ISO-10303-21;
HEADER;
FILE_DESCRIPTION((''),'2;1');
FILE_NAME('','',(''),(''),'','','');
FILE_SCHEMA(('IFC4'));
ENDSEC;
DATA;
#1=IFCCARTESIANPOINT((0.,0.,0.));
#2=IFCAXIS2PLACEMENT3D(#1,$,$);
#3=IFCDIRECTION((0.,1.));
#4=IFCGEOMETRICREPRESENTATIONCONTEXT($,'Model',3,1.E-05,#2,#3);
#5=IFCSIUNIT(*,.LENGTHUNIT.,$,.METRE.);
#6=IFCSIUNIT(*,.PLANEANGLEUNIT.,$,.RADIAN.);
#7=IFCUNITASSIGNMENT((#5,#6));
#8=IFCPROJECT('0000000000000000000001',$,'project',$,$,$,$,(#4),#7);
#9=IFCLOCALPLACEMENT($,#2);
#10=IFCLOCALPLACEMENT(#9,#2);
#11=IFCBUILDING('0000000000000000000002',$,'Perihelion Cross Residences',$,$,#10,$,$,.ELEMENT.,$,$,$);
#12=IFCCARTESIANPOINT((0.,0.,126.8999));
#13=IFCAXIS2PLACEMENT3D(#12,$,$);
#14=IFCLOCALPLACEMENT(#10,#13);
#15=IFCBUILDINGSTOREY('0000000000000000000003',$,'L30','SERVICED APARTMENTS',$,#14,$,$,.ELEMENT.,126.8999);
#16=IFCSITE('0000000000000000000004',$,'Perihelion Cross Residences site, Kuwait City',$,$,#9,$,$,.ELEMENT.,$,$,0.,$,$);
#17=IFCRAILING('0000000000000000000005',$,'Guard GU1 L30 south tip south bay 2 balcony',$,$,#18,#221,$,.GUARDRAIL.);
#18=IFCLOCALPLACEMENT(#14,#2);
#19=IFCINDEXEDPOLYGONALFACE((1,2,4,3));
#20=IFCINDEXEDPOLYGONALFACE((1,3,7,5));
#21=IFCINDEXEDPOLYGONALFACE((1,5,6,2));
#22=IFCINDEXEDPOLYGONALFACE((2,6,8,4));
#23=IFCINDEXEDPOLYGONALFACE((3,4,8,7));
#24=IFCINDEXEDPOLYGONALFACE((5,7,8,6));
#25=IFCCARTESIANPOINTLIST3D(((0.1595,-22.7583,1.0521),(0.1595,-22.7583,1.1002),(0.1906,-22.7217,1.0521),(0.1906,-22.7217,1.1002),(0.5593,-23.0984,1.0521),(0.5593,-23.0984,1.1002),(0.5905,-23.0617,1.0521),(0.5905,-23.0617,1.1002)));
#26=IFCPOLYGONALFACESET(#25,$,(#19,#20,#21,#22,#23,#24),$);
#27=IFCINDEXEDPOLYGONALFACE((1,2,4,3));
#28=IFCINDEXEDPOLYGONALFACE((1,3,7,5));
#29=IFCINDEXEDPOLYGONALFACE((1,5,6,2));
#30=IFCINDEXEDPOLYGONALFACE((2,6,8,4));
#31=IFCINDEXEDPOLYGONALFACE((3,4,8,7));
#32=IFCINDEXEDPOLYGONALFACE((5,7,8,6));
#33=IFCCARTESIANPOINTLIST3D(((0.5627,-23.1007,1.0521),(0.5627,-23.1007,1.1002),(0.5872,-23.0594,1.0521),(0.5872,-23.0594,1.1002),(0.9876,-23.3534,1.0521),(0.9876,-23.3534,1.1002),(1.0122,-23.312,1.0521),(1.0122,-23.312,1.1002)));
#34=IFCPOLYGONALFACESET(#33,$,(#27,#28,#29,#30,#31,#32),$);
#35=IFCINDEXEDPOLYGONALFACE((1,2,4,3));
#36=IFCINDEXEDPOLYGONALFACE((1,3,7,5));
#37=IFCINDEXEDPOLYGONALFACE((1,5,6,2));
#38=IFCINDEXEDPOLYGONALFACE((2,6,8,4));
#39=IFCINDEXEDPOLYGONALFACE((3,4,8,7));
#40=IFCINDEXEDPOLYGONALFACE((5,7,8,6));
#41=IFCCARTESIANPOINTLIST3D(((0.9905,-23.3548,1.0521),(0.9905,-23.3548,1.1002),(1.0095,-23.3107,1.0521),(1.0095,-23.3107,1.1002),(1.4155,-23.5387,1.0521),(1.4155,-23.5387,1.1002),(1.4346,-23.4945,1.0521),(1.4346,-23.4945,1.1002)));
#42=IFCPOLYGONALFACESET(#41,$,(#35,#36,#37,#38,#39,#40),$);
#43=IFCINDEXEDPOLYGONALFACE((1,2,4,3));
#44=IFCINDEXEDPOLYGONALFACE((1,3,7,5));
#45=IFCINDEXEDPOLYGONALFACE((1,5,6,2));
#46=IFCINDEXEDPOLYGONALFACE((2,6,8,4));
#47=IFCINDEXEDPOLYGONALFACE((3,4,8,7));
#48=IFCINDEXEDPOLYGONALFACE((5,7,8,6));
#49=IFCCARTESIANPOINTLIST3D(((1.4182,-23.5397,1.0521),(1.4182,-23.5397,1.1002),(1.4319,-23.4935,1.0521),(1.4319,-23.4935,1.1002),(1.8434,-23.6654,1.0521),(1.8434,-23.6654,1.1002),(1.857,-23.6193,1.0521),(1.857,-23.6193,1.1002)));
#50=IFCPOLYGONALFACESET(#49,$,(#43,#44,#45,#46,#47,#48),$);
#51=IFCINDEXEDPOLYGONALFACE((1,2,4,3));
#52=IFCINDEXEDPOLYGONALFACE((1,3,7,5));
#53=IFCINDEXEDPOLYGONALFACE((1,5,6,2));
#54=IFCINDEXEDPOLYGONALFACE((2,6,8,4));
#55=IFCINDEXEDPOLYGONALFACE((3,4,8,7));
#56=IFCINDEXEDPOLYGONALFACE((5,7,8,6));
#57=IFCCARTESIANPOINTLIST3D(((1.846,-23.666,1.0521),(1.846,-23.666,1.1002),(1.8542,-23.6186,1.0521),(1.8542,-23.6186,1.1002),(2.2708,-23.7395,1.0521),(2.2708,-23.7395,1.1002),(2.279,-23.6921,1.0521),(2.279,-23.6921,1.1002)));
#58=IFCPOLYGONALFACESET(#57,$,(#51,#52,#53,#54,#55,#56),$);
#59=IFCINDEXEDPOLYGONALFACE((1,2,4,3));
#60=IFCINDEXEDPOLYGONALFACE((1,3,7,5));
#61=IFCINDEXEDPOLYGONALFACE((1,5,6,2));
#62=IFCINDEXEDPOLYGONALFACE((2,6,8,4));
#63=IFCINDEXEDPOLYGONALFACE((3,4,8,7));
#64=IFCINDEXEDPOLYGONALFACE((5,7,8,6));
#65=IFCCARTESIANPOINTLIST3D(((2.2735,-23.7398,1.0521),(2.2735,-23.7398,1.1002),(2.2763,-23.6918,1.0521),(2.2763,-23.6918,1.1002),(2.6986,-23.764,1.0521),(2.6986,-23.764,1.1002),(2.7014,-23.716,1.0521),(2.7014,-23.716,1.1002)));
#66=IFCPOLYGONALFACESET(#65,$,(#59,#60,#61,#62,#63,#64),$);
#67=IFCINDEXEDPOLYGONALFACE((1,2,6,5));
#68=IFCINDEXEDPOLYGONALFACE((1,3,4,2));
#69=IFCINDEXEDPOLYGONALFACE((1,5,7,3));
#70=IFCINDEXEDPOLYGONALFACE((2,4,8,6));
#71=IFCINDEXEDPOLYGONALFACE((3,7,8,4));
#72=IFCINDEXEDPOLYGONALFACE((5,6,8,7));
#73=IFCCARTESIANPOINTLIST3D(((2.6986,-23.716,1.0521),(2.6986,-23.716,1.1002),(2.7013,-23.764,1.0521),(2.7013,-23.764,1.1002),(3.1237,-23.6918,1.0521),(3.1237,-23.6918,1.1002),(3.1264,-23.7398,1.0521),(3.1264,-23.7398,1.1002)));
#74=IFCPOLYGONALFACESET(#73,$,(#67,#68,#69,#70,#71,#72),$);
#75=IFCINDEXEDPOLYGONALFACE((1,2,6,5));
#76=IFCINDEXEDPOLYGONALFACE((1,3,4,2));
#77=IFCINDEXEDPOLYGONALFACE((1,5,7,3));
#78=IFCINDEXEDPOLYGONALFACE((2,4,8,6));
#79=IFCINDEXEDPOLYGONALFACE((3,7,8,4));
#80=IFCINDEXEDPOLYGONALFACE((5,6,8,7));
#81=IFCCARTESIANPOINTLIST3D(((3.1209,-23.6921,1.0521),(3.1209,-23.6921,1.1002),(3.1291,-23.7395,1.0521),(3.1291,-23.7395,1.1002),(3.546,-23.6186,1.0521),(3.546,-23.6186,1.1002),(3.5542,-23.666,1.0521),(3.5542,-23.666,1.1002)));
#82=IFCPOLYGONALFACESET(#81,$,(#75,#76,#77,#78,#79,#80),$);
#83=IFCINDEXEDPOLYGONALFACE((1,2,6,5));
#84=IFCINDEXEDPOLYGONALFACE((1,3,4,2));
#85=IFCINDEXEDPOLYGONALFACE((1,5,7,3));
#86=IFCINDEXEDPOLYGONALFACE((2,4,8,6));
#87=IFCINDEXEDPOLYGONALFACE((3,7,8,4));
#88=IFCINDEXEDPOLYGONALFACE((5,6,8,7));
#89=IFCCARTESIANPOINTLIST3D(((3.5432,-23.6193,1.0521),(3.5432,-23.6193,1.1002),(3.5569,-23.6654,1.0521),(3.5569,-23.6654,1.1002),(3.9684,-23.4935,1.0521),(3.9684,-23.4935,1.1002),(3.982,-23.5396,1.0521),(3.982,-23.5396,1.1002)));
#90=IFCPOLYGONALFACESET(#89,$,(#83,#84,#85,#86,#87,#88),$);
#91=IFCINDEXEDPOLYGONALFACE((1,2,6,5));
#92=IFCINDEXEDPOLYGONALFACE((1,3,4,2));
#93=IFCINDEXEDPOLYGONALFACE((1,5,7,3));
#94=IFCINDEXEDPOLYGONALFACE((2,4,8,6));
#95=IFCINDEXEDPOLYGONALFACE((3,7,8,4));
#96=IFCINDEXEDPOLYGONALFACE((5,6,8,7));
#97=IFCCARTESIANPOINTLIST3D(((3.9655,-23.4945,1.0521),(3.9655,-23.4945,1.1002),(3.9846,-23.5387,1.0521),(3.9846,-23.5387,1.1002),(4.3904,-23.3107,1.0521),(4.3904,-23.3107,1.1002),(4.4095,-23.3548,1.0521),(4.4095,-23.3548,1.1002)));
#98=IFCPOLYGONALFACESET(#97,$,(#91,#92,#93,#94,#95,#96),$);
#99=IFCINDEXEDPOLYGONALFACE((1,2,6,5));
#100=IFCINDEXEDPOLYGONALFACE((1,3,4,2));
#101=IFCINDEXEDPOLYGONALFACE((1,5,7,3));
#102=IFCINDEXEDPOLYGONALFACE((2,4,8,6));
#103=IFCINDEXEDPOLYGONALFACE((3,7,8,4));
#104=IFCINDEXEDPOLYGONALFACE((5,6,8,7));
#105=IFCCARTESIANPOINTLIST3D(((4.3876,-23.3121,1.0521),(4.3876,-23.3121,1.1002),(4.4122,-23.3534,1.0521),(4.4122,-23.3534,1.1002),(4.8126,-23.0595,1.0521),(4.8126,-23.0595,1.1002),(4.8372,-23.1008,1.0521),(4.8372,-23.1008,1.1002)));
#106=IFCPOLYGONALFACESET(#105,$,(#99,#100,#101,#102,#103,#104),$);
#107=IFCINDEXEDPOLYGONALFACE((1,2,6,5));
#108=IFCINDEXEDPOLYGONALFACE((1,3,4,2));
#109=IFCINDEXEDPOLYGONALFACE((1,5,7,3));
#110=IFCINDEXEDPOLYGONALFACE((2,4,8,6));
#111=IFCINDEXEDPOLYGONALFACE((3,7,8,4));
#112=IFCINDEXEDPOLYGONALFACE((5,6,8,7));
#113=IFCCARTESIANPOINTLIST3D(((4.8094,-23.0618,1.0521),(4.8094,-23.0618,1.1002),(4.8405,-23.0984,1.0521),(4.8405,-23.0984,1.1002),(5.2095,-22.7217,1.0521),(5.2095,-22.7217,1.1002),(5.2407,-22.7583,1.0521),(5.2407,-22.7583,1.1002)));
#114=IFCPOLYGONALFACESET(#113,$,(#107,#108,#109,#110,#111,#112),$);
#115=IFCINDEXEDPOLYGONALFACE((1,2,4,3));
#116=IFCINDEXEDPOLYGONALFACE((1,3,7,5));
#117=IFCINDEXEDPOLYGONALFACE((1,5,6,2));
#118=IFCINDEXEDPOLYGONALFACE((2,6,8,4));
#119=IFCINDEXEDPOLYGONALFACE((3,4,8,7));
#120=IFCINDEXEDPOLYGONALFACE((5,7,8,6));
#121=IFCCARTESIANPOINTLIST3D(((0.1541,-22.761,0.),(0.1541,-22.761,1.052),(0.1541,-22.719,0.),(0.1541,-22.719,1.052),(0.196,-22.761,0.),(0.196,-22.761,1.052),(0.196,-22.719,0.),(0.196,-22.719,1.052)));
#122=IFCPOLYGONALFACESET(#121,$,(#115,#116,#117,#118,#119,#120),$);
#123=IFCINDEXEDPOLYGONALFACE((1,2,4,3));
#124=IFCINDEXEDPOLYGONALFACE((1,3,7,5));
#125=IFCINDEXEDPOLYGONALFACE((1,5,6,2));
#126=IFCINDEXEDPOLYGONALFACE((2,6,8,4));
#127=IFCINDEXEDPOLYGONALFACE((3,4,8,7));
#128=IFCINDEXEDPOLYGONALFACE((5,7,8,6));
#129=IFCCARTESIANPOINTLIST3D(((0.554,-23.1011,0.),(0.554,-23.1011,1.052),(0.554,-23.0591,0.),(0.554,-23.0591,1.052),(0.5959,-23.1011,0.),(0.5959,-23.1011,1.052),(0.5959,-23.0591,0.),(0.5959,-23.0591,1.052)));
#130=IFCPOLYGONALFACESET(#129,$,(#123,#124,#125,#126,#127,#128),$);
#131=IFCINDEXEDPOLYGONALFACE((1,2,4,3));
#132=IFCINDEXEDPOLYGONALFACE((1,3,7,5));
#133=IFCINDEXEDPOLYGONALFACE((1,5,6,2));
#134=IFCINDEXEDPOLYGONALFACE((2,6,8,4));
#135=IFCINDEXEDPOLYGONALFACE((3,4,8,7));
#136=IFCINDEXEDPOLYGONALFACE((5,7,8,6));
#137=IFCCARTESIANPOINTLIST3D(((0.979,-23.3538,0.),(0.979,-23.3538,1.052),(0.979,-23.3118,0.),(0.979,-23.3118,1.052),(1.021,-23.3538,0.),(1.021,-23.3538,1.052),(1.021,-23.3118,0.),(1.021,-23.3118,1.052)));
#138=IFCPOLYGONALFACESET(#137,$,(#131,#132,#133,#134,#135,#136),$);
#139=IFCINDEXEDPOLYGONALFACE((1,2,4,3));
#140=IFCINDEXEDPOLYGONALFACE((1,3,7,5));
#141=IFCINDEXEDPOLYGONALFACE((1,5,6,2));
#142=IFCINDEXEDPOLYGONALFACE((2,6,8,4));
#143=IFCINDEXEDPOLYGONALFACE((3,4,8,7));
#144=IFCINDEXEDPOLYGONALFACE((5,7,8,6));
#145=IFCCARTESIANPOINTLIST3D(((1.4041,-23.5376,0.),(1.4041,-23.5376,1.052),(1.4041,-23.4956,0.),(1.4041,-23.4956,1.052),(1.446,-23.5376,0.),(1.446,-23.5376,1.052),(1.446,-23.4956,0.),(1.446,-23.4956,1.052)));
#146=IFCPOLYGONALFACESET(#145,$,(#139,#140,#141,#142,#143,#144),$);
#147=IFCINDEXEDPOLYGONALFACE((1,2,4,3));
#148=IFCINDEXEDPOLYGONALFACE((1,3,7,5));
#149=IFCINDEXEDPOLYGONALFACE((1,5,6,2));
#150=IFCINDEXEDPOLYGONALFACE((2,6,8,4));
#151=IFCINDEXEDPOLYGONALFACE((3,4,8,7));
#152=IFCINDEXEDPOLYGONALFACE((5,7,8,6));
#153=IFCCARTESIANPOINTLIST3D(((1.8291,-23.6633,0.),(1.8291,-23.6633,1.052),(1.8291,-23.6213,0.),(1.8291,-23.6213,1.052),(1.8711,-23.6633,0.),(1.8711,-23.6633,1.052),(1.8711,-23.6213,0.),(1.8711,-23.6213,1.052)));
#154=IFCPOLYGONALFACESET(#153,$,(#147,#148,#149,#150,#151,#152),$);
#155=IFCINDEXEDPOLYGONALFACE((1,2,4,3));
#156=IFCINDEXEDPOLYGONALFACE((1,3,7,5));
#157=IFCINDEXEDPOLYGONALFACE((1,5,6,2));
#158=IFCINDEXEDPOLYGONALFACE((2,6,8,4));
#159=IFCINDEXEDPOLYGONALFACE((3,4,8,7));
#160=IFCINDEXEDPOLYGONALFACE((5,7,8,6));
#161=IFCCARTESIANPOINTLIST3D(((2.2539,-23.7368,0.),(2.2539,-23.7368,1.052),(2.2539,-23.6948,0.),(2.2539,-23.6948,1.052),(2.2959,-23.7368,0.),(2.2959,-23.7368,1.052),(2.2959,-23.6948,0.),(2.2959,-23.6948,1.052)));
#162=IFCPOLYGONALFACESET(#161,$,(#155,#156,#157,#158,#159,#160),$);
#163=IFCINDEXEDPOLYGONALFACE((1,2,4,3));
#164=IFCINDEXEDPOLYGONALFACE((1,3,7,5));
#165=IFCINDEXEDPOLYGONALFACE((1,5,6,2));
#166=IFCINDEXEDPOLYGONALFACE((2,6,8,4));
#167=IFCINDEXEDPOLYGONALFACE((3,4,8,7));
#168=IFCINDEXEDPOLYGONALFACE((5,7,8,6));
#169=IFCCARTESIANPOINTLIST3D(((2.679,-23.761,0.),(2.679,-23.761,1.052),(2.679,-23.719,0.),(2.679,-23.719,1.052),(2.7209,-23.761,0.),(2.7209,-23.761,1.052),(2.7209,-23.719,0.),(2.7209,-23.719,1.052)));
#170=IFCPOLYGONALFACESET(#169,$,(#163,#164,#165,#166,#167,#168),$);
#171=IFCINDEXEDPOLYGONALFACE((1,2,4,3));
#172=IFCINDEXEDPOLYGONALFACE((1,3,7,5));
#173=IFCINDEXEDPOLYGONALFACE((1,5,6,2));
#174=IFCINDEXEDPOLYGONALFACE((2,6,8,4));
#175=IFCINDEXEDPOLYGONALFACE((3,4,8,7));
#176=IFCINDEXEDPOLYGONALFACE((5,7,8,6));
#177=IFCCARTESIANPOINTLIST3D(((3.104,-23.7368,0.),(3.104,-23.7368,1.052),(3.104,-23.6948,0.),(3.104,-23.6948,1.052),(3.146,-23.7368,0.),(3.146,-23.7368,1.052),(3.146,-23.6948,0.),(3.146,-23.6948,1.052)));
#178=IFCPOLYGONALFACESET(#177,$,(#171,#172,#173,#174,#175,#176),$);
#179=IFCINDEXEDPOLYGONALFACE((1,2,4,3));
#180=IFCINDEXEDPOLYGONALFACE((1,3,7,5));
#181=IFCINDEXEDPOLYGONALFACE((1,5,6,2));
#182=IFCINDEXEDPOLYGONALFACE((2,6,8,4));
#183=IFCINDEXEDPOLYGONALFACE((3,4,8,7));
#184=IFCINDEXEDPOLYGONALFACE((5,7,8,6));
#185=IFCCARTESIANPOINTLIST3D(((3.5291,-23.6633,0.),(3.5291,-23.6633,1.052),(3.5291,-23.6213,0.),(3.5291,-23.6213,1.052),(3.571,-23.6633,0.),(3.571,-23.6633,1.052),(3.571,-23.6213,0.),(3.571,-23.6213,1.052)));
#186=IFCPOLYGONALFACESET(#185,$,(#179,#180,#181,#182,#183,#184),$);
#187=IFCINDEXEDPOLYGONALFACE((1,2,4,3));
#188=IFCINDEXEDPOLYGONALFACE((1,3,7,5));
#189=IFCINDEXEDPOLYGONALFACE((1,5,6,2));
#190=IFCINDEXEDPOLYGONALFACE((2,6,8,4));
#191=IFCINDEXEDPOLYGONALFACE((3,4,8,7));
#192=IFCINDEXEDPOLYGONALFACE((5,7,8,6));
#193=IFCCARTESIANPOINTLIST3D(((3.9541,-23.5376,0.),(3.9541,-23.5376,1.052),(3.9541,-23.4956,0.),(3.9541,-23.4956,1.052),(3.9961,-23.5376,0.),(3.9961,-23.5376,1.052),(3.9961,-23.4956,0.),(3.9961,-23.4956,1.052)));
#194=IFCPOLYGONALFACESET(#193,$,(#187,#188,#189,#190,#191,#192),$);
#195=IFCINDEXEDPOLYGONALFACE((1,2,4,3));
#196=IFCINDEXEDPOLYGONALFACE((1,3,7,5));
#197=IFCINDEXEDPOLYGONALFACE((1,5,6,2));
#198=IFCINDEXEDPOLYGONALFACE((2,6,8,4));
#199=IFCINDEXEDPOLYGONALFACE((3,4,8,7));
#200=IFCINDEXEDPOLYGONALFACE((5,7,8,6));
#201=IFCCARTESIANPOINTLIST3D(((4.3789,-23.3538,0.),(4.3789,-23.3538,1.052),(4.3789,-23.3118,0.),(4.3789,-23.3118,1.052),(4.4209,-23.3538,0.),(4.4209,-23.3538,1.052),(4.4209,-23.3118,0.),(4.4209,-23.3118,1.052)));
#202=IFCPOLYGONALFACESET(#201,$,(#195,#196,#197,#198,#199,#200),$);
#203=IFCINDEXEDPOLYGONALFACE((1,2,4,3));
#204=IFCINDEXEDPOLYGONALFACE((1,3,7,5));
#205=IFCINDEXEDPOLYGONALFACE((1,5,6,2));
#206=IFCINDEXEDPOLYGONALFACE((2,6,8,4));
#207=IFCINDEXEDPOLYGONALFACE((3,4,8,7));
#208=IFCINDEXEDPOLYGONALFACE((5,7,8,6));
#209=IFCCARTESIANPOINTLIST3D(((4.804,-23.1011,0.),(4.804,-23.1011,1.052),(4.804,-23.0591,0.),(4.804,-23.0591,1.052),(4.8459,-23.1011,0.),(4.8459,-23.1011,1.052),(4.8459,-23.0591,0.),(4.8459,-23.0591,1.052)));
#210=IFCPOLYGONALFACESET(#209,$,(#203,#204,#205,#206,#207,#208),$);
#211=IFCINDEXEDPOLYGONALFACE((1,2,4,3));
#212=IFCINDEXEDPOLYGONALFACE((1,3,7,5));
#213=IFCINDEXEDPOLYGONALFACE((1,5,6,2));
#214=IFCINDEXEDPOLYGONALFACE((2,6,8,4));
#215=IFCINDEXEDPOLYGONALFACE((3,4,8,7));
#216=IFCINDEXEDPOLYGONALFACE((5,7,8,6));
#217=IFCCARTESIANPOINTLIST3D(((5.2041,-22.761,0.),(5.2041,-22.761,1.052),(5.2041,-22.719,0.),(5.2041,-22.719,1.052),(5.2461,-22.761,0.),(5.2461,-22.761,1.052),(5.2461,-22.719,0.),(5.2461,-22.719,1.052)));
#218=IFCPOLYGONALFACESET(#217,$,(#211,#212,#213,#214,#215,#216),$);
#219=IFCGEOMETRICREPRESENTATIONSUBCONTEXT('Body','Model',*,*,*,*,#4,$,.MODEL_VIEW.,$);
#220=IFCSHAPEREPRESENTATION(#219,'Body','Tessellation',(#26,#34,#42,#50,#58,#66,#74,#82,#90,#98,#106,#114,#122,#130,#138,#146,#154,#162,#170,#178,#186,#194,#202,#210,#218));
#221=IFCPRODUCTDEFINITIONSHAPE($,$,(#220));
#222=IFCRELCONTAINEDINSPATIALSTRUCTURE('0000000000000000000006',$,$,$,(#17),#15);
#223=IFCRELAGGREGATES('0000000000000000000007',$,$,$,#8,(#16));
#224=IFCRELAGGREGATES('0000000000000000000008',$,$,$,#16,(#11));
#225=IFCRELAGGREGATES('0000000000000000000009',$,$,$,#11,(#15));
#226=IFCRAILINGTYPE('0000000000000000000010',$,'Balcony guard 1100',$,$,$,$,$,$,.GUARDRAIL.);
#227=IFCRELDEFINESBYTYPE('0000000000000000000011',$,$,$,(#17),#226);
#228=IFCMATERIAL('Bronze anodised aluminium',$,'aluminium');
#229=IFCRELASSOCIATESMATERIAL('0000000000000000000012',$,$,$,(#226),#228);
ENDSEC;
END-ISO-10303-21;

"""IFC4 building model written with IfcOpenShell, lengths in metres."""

from ifc_helpers import new_model, si_unit, direction, frame, origin, origin_2d, place, context, subcontext, project, spatial, rectangle, extrude, material, type_object, element, save


model = new_model("IFC4")

# Units and contexts
model_context = context("Model", 3, precision=1e-05, world=origin(), true_north=direction((0.0, 1.0)))
body_context = subcontext(model_context, "Body", "Model", "MODEL_VIEW")
ifc_project = project(units=[si_unit("LENGTHUNIT", "METRE"), si_unit("PLANEANGLEUNIT", "RADIAN")], contexts=[model_context])

# Site, building, storey
site_placement = place(None, origin())
site = spatial("IfcSite", under=ifc_project, at=site_placement, Name="Perihelion Cross Residences site, Kuwait City", CompositionType="ELEMENT", RefElevation=0.0)
building_placement = place(site_placement, origin())
building = spatial("IfcBuilding", under=site, at=building_placement, Name="Perihelion Cross Residences", CompositionType="ELEMENT")
storey_placement = place(building_placement, frame((0.0, 0.0, 126.8999)))
storey = spatial("IfcBuildingStorey", under=building, at=storey_placement, Name="L30", Description="SERVICED APARTMENTS", CompositionType="ELEMENT", Elevation=126.8999)

# Railing
ifc_material_1 = material(Name="Bronze anodised aluminium", Category="aluminium")
railing_type = type_object("IfcRailingType", Name="Balcony guard 1100", PredefinedType="GUARDRAIL", material=ifc_material_1)
railing_placement = place(storey_placement, frame((0.175, -22.74, 0.0)))
element("IfcRailing", 1, at=railing_placement, inside=storey, type_object=railing_type, Name="Guard GU1 L30 south tip south bay 2 balcony", PredefinedType="GUARDRAIL", context=body_context, shape_type="SweptSolid", body=[
    extrude(rectangle(XDim=0.0481, YDim=0.0481, at=origin_2d()), frame((0.0, 0.0, 1.0762), z_axis=(0.761779, -0.647837, 0.0), x_axis=(0.647837, 0.761779, 0.0)), (0.0, 0.0, 1.0), 0.5249),
    extrude(rectangle(XDim=0.0481, YDim=0.0481, at=origin_2d()), frame((0.3999, -0.3401, 1.0762), z_axis=(0.859577, -0.511006, 0.0), x_axis=(0.511006, 0.859577, 0.0)), (0.0, 0.0, 1.0), 0.4944),
    extrude(rectangle(XDim=0.0481, YDim=0.0481, at=origin_2d()), frame((0.825, -0.5928, 1.0762), z_axis=(0.917831, -0.396971, 0.0), x_axis=(0.396971, 0.917831, 0.0)), (0.0, 0.0, 1.0), 0.4631),
    extrude(rectangle(XDim=0.0481, YDim=0.0481, at=origin_2d()), frame((1.25, -0.7766, 1.0762), z_axis=(0.958926, -0.283657, 0.0), x_axis=(0.283657, 0.958926, 0.0)), (0.0, 0.0, 1.0), 0.4434),
    extrude(rectangle(XDim=0.0481, YDim=0.0481, at=origin_2d()), frame((1.675, -0.9023, 1.0762), z_axis=(0.985365, -0.170457, 0.0), x_axis=(0.170457, 0.985365, 0.0)), (0.0, 0.0, 1.0), 0.4312),
    extrude(rectangle(XDim=0.0481, YDim=0.0481, at=origin_2d()), frame((2.0999, -0.9758, 1.0762), z_axis=(0.998387, -0.056772, 0.0), x_axis=(0.056772, 0.998387, 0.0)), (0.0, 0.0, 1.0), 0.4258),
    extrude(rectangle(XDim=0.0481, YDim=0.0481, at=origin_2d()), frame((2.5249, -1.0, 1.0762), z_axis=(0.998387, 0.056772, 0.0), x_axis=(-0.056772, 0.998387, 0.0)), (0.0, 0.0, 1.0), 0.4258),
    extrude(rectangle(XDim=0.0481, YDim=0.0481, at=origin_2d()), frame((2.95, -0.9758, 1.0762), z_axis=(0.985382, 0.170362, 0.0), x_axis=(-0.170362, 0.985382, 0.0)), (0.0, 0.0, 1.0), 0.4314),
    extrude(rectangle(XDim=0.0481, YDim=0.0481, at=origin_2d()), frame((3.375, -0.9023, 1.0762), z_axis=(0.958926, 0.283657, 0.0), x_axis=(-0.283657, 0.958926, 0.0)), (0.0, 0.0, 1.0), 0.4434),
    extrude(rectangle(XDim=0.0481, YDim=0.0481, at=origin_2d()), frame((3.8, -0.7766, 1.0762), z_axis=(0.917748, 0.397163, 0.0), x_axis=(-0.397163, 0.917748, 0.0)), (0.0, 0.0, 1.0), 0.4629),
    extrude(rectangle(XDim=0.0481, YDim=0.0481, at=origin_2d()), frame((4.2249, -0.5928, 1.0762), z_axis=(0.859577, 0.511006, 0.0), x_axis=(-0.511006, 0.859577, 0.0)), (0.0, 0.0, 1.0), 0.4944),
    extrude(rectangle(XDim=0.0481, YDim=0.0481, at=origin_2d()), frame((4.6499, -0.3401, 1.0762), z_axis=(0.761974, 0.647608, 0.0), x_axis=(-0.647608, 0.761974, 0.0)), (0.0, 0.0, 1.0), 0.5251),
    extrude(rectangle(XDim=0.042, YDim=0.042, at=origin_2d()), origin(), (0.0, 0.0, 1.0), 1.052),
    extrude(rectangle(XDim=0.042, YDim=0.042, at=origin_2d()), frame((0.3999, -0.3401, 0.0)), (0.0, 0.0, 1.0), 1.052),
    extrude(rectangle(XDim=0.042, YDim=0.042, at=origin_2d()), frame((0.825, -0.5928, 0.0)), (0.0, 0.0, 1.0), 1.052),
    extrude(rectangle(XDim=0.042, YDim=0.042, at=origin_2d()), frame((1.25, -0.7766, 0.0)), (0.0, 0.0, 1.0), 1.052),
    extrude(rectangle(XDim=0.042, YDim=0.042, at=origin_2d()), frame((1.675, -0.9023, 0.0)), (0.0, 0.0, 1.0), 1.052),
    extrude(rectangle(XDim=0.042, YDim=0.042, at=origin_2d()), frame((2.0999, -0.9758, 0.0)), (0.0, 0.0, 1.0), 1.052),
    extrude(rectangle(XDim=0.042, YDim=0.042, at=origin_2d()), frame((2.5249, -1.0, 0.0)), (0.0, 0.0, 1.0), 1.052),
    extrude(rectangle(XDim=0.042, YDim=0.042, at=origin_2d()), frame((2.95, -0.9758, 0.0)), (0.0, 0.0, 1.0), 1.052),
    extrude(rectangle(XDim=0.042, YDim=0.042, at=origin_2d()), frame((3.375, -0.9023, 0.0)), (0.0, 0.0, 1.0), 1.052),
    extrude(rectangle(XDim=0.042, YDim=0.042, at=origin_2d()), frame((3.8, -0.7766, 0.0)), (0.0, 0.0, 1.0), 1.052),
    extrude(rectangle(XDim=0.042, YDim=0.042, at=origin_2d()), frame((4.2249, -0.5928, 0.0)), (0.0, 0.0, 1.0), 1.052),
    extrude(rectangle(XDim=0.042, YDim=0.042, at=origin_2d()), frame((4.6499, -0.3401, 0.0)), (0.0, 0.0, 1.0), 1.052),
    extrude(rectangle(XDim=0.042, YDim=0.042, at=origin_2d()), frame((5.05, 0.0, 0.0)), (0.0, 0.0, 1.0), 1.052),
])

save(model, "model.ifc")
